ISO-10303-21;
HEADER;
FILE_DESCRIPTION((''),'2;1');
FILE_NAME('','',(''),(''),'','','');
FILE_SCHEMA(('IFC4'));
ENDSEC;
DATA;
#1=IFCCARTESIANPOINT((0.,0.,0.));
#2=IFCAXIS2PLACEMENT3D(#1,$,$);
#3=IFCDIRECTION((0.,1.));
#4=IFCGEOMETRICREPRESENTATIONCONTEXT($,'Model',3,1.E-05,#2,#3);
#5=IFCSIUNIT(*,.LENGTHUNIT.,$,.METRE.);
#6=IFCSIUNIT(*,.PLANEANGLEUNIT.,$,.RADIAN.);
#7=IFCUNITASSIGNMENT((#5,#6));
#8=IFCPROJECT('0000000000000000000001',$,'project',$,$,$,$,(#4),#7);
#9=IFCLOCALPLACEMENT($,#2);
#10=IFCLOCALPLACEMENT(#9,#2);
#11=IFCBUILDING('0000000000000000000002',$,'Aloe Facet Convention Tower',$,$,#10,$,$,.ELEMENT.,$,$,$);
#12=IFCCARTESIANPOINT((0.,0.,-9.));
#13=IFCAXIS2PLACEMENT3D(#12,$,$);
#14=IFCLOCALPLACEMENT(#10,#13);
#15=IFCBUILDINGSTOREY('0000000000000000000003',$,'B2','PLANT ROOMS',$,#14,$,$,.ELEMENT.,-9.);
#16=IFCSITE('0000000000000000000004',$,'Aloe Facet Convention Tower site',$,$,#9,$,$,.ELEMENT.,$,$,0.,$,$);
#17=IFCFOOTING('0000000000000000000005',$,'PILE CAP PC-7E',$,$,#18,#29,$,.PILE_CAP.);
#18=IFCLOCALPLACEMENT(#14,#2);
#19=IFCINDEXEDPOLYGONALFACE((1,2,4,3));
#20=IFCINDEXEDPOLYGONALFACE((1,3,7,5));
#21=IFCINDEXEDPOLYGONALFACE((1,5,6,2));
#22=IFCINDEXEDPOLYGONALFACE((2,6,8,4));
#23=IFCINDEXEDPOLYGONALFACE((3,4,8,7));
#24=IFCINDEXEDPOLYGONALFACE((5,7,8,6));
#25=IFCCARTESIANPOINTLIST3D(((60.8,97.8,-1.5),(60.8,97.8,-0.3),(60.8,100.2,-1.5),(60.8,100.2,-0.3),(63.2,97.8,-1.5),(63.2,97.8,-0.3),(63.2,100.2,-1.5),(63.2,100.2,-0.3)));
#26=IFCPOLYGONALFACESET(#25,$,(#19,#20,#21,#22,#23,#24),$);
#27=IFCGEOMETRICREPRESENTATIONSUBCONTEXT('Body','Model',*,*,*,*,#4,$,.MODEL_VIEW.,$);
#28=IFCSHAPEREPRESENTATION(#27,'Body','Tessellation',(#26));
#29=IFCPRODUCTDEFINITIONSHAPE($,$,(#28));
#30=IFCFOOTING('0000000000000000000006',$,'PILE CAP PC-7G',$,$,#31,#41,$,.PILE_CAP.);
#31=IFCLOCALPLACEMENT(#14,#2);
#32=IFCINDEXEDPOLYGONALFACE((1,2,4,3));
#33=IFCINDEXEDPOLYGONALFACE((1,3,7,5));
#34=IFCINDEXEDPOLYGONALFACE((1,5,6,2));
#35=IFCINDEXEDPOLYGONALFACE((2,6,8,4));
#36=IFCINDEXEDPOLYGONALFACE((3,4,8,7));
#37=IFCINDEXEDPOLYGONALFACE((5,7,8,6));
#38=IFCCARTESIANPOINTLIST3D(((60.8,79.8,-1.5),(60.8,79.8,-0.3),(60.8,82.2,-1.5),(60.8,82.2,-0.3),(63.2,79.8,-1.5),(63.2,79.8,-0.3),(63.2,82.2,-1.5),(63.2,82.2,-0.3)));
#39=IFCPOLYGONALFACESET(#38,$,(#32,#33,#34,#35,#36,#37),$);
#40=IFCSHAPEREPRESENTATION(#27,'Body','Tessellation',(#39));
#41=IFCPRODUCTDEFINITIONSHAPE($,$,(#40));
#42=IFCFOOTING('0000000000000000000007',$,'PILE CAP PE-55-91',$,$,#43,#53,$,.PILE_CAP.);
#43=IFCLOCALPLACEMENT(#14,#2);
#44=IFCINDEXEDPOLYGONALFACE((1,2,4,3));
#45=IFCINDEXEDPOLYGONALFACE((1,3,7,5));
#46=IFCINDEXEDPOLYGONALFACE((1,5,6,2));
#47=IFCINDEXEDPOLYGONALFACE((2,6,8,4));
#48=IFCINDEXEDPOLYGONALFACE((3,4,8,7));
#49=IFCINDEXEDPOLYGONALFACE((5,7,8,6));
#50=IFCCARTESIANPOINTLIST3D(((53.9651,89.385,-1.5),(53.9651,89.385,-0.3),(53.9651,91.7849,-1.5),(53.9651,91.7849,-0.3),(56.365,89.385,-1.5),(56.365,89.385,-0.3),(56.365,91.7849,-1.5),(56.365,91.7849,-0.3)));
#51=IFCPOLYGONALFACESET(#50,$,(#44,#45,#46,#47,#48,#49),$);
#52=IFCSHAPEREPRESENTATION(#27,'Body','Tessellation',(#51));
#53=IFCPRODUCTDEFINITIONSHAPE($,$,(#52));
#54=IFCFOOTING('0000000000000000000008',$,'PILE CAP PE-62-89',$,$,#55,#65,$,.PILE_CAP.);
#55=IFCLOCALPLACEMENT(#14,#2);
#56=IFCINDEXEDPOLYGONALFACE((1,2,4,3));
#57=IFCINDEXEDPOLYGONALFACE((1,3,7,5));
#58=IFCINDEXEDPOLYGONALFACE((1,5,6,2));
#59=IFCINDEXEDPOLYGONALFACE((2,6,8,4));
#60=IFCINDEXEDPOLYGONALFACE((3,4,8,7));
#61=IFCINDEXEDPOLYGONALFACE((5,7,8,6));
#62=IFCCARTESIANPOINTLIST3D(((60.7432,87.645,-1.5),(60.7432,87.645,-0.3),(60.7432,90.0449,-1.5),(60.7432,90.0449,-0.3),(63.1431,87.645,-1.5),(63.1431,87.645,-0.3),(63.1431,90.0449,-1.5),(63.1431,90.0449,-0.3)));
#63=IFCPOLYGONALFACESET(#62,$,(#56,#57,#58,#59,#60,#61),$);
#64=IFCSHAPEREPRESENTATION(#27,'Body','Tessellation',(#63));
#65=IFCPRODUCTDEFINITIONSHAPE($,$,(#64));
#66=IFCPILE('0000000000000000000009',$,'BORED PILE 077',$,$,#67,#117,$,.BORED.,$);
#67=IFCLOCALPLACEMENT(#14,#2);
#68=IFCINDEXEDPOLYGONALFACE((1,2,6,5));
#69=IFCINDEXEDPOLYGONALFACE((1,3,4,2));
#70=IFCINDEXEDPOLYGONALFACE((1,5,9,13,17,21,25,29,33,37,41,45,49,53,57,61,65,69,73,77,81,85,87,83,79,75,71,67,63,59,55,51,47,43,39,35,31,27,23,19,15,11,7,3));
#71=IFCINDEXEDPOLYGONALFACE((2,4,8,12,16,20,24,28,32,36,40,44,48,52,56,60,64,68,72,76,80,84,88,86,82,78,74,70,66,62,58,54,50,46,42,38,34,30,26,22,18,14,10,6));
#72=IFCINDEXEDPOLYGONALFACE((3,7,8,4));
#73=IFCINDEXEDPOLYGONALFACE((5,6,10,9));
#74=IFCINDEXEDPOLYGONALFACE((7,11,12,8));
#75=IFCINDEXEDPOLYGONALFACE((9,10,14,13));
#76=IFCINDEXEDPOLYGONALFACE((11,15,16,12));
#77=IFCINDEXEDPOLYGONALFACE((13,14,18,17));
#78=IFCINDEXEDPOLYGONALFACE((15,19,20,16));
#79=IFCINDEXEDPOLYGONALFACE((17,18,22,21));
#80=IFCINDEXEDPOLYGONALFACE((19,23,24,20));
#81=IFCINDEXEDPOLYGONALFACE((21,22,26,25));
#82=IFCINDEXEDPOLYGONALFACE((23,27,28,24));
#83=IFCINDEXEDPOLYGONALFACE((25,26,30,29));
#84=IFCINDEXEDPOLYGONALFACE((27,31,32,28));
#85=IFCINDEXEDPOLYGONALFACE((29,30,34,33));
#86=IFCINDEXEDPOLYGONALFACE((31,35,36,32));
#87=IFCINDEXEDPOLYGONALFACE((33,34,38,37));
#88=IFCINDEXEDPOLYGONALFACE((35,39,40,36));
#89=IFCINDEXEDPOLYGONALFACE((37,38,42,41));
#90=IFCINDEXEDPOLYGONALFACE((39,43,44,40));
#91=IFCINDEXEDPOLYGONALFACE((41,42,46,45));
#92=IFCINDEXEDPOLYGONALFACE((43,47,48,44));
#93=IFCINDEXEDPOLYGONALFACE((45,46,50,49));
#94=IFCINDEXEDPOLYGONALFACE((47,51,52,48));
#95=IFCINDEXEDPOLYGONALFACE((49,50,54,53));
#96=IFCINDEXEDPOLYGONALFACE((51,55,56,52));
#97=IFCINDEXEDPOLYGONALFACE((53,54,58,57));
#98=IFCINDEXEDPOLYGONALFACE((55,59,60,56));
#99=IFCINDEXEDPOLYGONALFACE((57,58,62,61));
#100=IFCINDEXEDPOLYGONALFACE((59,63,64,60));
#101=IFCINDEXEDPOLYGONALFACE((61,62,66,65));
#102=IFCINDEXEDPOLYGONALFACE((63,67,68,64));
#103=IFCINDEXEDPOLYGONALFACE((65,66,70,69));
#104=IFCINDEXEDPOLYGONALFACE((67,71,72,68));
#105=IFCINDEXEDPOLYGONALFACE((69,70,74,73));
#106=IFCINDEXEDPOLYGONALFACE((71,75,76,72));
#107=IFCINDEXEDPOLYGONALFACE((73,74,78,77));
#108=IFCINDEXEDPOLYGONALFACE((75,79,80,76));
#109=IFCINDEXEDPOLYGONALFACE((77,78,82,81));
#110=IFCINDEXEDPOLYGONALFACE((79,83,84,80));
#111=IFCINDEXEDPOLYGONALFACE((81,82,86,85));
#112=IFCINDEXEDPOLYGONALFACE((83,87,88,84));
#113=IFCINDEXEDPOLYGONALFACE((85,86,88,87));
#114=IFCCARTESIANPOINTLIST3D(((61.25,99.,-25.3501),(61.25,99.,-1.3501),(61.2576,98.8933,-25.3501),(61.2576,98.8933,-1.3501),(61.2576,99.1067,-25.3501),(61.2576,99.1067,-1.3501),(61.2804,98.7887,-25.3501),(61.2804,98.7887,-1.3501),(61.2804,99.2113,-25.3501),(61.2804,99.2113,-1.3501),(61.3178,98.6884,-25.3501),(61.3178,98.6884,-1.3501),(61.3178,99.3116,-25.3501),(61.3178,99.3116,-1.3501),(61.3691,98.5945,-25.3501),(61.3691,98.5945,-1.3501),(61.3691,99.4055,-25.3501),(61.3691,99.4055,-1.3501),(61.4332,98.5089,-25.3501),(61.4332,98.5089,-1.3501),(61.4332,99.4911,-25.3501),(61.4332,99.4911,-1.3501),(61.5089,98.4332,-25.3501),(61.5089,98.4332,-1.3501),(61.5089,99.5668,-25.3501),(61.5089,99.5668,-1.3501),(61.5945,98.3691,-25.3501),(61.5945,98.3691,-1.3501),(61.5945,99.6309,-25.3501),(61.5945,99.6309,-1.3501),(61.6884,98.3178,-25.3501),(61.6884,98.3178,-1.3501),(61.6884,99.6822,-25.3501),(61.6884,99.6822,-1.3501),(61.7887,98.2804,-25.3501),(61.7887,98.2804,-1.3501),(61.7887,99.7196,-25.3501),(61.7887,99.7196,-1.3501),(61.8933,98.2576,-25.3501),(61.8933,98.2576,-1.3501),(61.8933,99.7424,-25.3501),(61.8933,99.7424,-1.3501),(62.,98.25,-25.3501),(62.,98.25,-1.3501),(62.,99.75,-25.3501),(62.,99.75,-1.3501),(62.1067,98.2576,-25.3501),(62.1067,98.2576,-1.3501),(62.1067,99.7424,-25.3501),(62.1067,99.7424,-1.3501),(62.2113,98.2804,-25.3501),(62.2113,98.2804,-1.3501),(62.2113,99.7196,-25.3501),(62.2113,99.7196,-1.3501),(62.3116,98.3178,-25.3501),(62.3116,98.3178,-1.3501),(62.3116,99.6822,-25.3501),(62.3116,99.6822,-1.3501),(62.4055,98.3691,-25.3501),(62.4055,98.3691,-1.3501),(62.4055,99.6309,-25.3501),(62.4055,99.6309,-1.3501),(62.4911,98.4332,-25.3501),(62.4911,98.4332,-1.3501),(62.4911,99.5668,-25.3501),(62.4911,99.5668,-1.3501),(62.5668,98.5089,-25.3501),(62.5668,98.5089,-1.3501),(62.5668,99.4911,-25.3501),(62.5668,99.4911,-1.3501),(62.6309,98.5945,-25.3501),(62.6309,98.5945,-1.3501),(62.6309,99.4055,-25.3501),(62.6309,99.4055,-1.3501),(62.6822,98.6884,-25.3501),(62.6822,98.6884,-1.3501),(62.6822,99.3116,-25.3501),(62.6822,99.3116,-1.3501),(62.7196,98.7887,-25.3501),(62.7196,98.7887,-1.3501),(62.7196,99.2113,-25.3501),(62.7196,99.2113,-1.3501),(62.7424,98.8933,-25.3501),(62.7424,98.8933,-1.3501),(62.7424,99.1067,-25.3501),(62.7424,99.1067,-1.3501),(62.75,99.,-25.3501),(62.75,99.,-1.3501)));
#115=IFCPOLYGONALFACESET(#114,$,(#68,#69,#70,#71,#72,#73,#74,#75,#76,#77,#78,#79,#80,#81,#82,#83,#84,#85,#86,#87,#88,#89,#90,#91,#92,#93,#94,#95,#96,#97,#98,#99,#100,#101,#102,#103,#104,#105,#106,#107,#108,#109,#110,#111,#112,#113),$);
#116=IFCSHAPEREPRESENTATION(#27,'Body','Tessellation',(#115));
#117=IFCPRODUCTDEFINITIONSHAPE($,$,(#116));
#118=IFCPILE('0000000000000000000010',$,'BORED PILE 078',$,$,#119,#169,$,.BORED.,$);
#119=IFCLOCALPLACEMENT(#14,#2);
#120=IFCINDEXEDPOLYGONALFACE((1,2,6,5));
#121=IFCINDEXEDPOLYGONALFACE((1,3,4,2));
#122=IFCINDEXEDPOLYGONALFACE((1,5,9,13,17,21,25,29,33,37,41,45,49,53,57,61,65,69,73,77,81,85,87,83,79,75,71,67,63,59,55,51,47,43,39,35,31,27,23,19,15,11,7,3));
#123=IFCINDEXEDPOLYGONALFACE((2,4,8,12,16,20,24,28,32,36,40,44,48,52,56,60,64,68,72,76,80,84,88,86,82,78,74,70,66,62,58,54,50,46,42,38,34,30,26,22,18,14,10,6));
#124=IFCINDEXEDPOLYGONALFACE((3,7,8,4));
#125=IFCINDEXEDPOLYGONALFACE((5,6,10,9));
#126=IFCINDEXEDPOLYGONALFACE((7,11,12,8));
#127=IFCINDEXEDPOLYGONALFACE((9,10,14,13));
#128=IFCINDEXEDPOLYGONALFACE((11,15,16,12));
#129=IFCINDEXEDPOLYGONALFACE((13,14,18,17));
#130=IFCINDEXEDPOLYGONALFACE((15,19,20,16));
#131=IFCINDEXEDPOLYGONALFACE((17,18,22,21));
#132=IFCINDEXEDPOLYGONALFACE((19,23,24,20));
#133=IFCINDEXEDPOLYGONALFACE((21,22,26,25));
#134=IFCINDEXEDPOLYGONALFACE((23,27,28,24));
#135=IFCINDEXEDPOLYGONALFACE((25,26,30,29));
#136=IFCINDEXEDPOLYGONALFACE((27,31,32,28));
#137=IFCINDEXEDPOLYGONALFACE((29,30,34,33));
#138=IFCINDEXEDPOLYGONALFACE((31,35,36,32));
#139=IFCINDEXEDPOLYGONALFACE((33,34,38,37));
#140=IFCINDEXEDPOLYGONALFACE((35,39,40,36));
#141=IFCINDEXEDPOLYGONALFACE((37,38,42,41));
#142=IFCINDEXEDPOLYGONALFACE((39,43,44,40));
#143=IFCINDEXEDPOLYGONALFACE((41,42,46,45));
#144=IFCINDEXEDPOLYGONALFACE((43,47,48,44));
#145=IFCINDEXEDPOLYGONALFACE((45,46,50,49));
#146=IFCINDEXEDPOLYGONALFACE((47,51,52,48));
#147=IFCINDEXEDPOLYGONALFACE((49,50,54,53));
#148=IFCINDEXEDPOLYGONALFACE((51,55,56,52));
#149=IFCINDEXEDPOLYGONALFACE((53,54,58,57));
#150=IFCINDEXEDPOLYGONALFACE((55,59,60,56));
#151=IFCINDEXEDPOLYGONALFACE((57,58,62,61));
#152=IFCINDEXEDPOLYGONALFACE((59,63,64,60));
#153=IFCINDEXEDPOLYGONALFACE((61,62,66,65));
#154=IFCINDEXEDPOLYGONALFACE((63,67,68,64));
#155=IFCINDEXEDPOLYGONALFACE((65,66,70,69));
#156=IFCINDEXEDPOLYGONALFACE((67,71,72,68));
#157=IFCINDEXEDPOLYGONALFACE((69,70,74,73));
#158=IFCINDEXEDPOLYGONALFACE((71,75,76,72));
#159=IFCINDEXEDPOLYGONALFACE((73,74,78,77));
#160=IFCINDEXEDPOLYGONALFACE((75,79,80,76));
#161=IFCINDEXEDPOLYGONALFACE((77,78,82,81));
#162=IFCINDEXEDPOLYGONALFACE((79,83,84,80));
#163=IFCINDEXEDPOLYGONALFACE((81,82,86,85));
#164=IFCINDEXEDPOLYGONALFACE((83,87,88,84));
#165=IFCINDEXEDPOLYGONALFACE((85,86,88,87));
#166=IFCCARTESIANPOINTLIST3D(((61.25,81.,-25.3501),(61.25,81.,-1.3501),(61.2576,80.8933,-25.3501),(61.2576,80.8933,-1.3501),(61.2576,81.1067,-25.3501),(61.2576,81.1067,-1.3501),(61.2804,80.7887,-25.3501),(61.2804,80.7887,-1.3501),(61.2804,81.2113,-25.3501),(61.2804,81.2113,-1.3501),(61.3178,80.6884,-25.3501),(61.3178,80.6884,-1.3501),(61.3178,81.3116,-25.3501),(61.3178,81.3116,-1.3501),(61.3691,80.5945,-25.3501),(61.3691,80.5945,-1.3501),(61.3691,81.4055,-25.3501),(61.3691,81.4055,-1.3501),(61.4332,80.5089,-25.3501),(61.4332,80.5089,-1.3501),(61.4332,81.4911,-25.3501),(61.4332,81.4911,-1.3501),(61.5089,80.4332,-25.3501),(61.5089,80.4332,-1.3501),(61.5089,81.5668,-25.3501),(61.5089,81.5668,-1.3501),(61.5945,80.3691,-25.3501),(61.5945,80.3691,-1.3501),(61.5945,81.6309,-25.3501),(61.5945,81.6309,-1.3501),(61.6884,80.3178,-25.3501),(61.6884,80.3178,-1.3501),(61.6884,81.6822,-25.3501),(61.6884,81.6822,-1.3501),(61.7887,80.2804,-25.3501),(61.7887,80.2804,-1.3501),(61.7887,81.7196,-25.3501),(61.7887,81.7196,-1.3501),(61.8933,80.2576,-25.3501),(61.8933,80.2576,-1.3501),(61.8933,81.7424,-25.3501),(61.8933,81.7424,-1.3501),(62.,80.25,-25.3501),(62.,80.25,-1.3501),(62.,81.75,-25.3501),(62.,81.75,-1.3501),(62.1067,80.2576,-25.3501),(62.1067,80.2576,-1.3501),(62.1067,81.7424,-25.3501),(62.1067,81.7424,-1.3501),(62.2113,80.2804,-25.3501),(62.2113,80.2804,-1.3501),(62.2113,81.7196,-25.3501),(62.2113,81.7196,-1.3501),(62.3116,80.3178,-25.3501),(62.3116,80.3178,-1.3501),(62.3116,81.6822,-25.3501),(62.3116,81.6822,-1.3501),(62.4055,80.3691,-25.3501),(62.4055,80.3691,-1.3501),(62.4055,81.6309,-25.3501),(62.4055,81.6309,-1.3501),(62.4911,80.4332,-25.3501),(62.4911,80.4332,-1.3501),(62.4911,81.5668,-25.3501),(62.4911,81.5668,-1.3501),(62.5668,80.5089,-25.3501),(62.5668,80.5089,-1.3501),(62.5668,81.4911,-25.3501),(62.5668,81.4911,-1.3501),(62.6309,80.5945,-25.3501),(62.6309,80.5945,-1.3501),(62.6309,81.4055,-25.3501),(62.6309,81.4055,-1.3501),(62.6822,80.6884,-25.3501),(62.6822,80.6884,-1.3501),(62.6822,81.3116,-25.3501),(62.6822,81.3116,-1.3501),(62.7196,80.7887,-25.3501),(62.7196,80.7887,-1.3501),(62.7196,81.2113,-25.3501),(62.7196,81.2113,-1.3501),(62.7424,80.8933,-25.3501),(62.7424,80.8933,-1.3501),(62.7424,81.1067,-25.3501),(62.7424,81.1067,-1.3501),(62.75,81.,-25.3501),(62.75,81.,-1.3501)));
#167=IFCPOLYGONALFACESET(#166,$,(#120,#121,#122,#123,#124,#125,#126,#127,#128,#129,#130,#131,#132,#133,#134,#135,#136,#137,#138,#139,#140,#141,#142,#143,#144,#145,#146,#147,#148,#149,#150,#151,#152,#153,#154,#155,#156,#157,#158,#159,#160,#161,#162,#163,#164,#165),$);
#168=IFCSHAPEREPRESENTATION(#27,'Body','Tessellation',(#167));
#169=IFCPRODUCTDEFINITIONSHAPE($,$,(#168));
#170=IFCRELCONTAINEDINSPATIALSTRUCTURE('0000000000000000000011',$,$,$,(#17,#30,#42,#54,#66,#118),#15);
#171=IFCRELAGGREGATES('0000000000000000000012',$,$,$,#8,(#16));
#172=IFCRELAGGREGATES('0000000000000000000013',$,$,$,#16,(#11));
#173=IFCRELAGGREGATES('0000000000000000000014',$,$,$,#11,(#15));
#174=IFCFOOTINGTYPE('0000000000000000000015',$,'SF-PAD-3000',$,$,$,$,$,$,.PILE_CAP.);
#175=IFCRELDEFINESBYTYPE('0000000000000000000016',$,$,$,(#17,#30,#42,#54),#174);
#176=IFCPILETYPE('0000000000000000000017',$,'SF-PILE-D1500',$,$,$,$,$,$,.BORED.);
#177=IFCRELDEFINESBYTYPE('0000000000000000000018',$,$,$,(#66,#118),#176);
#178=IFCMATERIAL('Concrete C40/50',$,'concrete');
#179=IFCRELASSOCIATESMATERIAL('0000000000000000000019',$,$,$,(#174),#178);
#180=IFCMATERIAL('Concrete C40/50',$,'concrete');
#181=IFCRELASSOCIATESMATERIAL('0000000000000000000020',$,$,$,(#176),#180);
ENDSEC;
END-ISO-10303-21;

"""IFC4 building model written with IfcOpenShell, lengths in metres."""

from ifc_helpers import new_model, si_unit, direction, frame, origin, origin_2d, place, context, subcontext, project, spatial, rectangle, circle, extrude, material, material_profile, profile_set, type_object, element, save


model = new_model("IFC4")

# Units and contexts
model_context = context("Model", 3, precision=1e-05, world=origin(), true_north=direction((0.0, 1.0)))
body_context = subcontext(model_context, "Body", "Model", "MODEL_VIEW")
ifc_project = project(units=[si_unit("LENGTHUNIT", "METRE"), si_unit("PLANEANGLEUNIT", "RADIAN")], contexts=[model_context])

# Site, building, storey
site_placement = place(None, origin())
site = spatial("IfcSite", under=ifc_project, at=site_placement, Name="Aloe Facet Convention Tower site", CompositionType="ELEMENT", RefElevation=0.0)
building_placement = place(site_placement, origin())
building = spatial("IfcBuilding", under=site, at=building_placement, Name="Aloe Facet Convention Tower", CompositionType="ELEMENT")
storey_placement = place(building_placement, frame((0.0, 0.0, -9.0)))
storey = spatial("IfcBuildingStorey", under=building, at=storey_placement, Name="B2", Description="PLANT ROOMS", CompositionType="ELEMENT", Elevation=-9.0)

# Footings
ifc_material_1 = material(Name="Concrete C40/50", Category="concrete")
footing_type = type_object("IfcFootingType", Name="SF-PAD-3000", PredefinedType="PILE_CAP", material=ifc_material_1)
for number, where, z_axis, x_axis, name in (
    (1, (62.0, 99.0, -1.5), (0.0, 0.0, 1.0), (1.0, 0.0, 0.0), "PILE CAP PC-7E"),
    (2, (62.0, 81.0, -1.5), (0.0, 0.0, 1.0), (1.0, 0.0, 0.0), "PILE CAP PC-7G"),
    (3, (55.165, 90.585, -1.5), (0.0, 0.0, 1.0), (1.0, 0.0, 0.0), "PILE CAP PE-55-91"),
    (4, (61.9431, 88.845, -1.5), (0.0, 0.0, 1.0), (1.0, 0.0, 0.0), "PILE CAP PE-62-89"),
):
    element("IfcFooting", number, at=place(storey_placement, frame(where, z_axis=z_axis, x_axis=x_axis)), inside=storey, type_object=footing_type, Name=name, PredefinedType="PILE_CAP", context=body_context, shape_type="SweptSolid", body=[
        extrude(rectangle(XDim=2.3999, YDim=2.3999, at=origin_2d()), origin(), (0.0, 0.0, 1.0), 1.2),
    ])

# Piles
ifc_material_2 = material(Name="Concrete C40/50", Category="concrete")
ifc_material_profile_1 = material_profile(ifc_material_2, circle(Radius=0.75, at=origin_2d()), Name="D1500")
ifc_profile_set_1 = profile_set([ifc_material_profile_1], Name="Concrete C40/50")
pile_type = type_object("IfcPileType", Name="SF-PILE-D1500", PredefinedType="BORED", material=ifc_profile_set_1)
for number, where, z_axis, x_axis, name in (
    (5, (62.0, 99.0, -1.3501), (0.0, 0.0, -1.0), (1.0, 0.0, 0.0), "BORED PILE 077"),
    (6, (62.0, 81.0, -1.3501), (0.0, 0.0, -1.0), (1.0, 0.0, 0.0), "BORED PILE 078"),
):
    element("IfcPile", number, at=place(storey_placement, frame(where, z_axis=z_axis, x_axis=x_axis)), inside=storey, type_object=pile_type, Name=name, PredefinedType="BORED", context=body_context, shape_type="SweptSolid", body=[
        extrude(circle(Radius=0.75, at=origin_2d()), origin(), (0.0, 0.0, 1.0), 24.0),
    ])

save(model, "model.ifc")
